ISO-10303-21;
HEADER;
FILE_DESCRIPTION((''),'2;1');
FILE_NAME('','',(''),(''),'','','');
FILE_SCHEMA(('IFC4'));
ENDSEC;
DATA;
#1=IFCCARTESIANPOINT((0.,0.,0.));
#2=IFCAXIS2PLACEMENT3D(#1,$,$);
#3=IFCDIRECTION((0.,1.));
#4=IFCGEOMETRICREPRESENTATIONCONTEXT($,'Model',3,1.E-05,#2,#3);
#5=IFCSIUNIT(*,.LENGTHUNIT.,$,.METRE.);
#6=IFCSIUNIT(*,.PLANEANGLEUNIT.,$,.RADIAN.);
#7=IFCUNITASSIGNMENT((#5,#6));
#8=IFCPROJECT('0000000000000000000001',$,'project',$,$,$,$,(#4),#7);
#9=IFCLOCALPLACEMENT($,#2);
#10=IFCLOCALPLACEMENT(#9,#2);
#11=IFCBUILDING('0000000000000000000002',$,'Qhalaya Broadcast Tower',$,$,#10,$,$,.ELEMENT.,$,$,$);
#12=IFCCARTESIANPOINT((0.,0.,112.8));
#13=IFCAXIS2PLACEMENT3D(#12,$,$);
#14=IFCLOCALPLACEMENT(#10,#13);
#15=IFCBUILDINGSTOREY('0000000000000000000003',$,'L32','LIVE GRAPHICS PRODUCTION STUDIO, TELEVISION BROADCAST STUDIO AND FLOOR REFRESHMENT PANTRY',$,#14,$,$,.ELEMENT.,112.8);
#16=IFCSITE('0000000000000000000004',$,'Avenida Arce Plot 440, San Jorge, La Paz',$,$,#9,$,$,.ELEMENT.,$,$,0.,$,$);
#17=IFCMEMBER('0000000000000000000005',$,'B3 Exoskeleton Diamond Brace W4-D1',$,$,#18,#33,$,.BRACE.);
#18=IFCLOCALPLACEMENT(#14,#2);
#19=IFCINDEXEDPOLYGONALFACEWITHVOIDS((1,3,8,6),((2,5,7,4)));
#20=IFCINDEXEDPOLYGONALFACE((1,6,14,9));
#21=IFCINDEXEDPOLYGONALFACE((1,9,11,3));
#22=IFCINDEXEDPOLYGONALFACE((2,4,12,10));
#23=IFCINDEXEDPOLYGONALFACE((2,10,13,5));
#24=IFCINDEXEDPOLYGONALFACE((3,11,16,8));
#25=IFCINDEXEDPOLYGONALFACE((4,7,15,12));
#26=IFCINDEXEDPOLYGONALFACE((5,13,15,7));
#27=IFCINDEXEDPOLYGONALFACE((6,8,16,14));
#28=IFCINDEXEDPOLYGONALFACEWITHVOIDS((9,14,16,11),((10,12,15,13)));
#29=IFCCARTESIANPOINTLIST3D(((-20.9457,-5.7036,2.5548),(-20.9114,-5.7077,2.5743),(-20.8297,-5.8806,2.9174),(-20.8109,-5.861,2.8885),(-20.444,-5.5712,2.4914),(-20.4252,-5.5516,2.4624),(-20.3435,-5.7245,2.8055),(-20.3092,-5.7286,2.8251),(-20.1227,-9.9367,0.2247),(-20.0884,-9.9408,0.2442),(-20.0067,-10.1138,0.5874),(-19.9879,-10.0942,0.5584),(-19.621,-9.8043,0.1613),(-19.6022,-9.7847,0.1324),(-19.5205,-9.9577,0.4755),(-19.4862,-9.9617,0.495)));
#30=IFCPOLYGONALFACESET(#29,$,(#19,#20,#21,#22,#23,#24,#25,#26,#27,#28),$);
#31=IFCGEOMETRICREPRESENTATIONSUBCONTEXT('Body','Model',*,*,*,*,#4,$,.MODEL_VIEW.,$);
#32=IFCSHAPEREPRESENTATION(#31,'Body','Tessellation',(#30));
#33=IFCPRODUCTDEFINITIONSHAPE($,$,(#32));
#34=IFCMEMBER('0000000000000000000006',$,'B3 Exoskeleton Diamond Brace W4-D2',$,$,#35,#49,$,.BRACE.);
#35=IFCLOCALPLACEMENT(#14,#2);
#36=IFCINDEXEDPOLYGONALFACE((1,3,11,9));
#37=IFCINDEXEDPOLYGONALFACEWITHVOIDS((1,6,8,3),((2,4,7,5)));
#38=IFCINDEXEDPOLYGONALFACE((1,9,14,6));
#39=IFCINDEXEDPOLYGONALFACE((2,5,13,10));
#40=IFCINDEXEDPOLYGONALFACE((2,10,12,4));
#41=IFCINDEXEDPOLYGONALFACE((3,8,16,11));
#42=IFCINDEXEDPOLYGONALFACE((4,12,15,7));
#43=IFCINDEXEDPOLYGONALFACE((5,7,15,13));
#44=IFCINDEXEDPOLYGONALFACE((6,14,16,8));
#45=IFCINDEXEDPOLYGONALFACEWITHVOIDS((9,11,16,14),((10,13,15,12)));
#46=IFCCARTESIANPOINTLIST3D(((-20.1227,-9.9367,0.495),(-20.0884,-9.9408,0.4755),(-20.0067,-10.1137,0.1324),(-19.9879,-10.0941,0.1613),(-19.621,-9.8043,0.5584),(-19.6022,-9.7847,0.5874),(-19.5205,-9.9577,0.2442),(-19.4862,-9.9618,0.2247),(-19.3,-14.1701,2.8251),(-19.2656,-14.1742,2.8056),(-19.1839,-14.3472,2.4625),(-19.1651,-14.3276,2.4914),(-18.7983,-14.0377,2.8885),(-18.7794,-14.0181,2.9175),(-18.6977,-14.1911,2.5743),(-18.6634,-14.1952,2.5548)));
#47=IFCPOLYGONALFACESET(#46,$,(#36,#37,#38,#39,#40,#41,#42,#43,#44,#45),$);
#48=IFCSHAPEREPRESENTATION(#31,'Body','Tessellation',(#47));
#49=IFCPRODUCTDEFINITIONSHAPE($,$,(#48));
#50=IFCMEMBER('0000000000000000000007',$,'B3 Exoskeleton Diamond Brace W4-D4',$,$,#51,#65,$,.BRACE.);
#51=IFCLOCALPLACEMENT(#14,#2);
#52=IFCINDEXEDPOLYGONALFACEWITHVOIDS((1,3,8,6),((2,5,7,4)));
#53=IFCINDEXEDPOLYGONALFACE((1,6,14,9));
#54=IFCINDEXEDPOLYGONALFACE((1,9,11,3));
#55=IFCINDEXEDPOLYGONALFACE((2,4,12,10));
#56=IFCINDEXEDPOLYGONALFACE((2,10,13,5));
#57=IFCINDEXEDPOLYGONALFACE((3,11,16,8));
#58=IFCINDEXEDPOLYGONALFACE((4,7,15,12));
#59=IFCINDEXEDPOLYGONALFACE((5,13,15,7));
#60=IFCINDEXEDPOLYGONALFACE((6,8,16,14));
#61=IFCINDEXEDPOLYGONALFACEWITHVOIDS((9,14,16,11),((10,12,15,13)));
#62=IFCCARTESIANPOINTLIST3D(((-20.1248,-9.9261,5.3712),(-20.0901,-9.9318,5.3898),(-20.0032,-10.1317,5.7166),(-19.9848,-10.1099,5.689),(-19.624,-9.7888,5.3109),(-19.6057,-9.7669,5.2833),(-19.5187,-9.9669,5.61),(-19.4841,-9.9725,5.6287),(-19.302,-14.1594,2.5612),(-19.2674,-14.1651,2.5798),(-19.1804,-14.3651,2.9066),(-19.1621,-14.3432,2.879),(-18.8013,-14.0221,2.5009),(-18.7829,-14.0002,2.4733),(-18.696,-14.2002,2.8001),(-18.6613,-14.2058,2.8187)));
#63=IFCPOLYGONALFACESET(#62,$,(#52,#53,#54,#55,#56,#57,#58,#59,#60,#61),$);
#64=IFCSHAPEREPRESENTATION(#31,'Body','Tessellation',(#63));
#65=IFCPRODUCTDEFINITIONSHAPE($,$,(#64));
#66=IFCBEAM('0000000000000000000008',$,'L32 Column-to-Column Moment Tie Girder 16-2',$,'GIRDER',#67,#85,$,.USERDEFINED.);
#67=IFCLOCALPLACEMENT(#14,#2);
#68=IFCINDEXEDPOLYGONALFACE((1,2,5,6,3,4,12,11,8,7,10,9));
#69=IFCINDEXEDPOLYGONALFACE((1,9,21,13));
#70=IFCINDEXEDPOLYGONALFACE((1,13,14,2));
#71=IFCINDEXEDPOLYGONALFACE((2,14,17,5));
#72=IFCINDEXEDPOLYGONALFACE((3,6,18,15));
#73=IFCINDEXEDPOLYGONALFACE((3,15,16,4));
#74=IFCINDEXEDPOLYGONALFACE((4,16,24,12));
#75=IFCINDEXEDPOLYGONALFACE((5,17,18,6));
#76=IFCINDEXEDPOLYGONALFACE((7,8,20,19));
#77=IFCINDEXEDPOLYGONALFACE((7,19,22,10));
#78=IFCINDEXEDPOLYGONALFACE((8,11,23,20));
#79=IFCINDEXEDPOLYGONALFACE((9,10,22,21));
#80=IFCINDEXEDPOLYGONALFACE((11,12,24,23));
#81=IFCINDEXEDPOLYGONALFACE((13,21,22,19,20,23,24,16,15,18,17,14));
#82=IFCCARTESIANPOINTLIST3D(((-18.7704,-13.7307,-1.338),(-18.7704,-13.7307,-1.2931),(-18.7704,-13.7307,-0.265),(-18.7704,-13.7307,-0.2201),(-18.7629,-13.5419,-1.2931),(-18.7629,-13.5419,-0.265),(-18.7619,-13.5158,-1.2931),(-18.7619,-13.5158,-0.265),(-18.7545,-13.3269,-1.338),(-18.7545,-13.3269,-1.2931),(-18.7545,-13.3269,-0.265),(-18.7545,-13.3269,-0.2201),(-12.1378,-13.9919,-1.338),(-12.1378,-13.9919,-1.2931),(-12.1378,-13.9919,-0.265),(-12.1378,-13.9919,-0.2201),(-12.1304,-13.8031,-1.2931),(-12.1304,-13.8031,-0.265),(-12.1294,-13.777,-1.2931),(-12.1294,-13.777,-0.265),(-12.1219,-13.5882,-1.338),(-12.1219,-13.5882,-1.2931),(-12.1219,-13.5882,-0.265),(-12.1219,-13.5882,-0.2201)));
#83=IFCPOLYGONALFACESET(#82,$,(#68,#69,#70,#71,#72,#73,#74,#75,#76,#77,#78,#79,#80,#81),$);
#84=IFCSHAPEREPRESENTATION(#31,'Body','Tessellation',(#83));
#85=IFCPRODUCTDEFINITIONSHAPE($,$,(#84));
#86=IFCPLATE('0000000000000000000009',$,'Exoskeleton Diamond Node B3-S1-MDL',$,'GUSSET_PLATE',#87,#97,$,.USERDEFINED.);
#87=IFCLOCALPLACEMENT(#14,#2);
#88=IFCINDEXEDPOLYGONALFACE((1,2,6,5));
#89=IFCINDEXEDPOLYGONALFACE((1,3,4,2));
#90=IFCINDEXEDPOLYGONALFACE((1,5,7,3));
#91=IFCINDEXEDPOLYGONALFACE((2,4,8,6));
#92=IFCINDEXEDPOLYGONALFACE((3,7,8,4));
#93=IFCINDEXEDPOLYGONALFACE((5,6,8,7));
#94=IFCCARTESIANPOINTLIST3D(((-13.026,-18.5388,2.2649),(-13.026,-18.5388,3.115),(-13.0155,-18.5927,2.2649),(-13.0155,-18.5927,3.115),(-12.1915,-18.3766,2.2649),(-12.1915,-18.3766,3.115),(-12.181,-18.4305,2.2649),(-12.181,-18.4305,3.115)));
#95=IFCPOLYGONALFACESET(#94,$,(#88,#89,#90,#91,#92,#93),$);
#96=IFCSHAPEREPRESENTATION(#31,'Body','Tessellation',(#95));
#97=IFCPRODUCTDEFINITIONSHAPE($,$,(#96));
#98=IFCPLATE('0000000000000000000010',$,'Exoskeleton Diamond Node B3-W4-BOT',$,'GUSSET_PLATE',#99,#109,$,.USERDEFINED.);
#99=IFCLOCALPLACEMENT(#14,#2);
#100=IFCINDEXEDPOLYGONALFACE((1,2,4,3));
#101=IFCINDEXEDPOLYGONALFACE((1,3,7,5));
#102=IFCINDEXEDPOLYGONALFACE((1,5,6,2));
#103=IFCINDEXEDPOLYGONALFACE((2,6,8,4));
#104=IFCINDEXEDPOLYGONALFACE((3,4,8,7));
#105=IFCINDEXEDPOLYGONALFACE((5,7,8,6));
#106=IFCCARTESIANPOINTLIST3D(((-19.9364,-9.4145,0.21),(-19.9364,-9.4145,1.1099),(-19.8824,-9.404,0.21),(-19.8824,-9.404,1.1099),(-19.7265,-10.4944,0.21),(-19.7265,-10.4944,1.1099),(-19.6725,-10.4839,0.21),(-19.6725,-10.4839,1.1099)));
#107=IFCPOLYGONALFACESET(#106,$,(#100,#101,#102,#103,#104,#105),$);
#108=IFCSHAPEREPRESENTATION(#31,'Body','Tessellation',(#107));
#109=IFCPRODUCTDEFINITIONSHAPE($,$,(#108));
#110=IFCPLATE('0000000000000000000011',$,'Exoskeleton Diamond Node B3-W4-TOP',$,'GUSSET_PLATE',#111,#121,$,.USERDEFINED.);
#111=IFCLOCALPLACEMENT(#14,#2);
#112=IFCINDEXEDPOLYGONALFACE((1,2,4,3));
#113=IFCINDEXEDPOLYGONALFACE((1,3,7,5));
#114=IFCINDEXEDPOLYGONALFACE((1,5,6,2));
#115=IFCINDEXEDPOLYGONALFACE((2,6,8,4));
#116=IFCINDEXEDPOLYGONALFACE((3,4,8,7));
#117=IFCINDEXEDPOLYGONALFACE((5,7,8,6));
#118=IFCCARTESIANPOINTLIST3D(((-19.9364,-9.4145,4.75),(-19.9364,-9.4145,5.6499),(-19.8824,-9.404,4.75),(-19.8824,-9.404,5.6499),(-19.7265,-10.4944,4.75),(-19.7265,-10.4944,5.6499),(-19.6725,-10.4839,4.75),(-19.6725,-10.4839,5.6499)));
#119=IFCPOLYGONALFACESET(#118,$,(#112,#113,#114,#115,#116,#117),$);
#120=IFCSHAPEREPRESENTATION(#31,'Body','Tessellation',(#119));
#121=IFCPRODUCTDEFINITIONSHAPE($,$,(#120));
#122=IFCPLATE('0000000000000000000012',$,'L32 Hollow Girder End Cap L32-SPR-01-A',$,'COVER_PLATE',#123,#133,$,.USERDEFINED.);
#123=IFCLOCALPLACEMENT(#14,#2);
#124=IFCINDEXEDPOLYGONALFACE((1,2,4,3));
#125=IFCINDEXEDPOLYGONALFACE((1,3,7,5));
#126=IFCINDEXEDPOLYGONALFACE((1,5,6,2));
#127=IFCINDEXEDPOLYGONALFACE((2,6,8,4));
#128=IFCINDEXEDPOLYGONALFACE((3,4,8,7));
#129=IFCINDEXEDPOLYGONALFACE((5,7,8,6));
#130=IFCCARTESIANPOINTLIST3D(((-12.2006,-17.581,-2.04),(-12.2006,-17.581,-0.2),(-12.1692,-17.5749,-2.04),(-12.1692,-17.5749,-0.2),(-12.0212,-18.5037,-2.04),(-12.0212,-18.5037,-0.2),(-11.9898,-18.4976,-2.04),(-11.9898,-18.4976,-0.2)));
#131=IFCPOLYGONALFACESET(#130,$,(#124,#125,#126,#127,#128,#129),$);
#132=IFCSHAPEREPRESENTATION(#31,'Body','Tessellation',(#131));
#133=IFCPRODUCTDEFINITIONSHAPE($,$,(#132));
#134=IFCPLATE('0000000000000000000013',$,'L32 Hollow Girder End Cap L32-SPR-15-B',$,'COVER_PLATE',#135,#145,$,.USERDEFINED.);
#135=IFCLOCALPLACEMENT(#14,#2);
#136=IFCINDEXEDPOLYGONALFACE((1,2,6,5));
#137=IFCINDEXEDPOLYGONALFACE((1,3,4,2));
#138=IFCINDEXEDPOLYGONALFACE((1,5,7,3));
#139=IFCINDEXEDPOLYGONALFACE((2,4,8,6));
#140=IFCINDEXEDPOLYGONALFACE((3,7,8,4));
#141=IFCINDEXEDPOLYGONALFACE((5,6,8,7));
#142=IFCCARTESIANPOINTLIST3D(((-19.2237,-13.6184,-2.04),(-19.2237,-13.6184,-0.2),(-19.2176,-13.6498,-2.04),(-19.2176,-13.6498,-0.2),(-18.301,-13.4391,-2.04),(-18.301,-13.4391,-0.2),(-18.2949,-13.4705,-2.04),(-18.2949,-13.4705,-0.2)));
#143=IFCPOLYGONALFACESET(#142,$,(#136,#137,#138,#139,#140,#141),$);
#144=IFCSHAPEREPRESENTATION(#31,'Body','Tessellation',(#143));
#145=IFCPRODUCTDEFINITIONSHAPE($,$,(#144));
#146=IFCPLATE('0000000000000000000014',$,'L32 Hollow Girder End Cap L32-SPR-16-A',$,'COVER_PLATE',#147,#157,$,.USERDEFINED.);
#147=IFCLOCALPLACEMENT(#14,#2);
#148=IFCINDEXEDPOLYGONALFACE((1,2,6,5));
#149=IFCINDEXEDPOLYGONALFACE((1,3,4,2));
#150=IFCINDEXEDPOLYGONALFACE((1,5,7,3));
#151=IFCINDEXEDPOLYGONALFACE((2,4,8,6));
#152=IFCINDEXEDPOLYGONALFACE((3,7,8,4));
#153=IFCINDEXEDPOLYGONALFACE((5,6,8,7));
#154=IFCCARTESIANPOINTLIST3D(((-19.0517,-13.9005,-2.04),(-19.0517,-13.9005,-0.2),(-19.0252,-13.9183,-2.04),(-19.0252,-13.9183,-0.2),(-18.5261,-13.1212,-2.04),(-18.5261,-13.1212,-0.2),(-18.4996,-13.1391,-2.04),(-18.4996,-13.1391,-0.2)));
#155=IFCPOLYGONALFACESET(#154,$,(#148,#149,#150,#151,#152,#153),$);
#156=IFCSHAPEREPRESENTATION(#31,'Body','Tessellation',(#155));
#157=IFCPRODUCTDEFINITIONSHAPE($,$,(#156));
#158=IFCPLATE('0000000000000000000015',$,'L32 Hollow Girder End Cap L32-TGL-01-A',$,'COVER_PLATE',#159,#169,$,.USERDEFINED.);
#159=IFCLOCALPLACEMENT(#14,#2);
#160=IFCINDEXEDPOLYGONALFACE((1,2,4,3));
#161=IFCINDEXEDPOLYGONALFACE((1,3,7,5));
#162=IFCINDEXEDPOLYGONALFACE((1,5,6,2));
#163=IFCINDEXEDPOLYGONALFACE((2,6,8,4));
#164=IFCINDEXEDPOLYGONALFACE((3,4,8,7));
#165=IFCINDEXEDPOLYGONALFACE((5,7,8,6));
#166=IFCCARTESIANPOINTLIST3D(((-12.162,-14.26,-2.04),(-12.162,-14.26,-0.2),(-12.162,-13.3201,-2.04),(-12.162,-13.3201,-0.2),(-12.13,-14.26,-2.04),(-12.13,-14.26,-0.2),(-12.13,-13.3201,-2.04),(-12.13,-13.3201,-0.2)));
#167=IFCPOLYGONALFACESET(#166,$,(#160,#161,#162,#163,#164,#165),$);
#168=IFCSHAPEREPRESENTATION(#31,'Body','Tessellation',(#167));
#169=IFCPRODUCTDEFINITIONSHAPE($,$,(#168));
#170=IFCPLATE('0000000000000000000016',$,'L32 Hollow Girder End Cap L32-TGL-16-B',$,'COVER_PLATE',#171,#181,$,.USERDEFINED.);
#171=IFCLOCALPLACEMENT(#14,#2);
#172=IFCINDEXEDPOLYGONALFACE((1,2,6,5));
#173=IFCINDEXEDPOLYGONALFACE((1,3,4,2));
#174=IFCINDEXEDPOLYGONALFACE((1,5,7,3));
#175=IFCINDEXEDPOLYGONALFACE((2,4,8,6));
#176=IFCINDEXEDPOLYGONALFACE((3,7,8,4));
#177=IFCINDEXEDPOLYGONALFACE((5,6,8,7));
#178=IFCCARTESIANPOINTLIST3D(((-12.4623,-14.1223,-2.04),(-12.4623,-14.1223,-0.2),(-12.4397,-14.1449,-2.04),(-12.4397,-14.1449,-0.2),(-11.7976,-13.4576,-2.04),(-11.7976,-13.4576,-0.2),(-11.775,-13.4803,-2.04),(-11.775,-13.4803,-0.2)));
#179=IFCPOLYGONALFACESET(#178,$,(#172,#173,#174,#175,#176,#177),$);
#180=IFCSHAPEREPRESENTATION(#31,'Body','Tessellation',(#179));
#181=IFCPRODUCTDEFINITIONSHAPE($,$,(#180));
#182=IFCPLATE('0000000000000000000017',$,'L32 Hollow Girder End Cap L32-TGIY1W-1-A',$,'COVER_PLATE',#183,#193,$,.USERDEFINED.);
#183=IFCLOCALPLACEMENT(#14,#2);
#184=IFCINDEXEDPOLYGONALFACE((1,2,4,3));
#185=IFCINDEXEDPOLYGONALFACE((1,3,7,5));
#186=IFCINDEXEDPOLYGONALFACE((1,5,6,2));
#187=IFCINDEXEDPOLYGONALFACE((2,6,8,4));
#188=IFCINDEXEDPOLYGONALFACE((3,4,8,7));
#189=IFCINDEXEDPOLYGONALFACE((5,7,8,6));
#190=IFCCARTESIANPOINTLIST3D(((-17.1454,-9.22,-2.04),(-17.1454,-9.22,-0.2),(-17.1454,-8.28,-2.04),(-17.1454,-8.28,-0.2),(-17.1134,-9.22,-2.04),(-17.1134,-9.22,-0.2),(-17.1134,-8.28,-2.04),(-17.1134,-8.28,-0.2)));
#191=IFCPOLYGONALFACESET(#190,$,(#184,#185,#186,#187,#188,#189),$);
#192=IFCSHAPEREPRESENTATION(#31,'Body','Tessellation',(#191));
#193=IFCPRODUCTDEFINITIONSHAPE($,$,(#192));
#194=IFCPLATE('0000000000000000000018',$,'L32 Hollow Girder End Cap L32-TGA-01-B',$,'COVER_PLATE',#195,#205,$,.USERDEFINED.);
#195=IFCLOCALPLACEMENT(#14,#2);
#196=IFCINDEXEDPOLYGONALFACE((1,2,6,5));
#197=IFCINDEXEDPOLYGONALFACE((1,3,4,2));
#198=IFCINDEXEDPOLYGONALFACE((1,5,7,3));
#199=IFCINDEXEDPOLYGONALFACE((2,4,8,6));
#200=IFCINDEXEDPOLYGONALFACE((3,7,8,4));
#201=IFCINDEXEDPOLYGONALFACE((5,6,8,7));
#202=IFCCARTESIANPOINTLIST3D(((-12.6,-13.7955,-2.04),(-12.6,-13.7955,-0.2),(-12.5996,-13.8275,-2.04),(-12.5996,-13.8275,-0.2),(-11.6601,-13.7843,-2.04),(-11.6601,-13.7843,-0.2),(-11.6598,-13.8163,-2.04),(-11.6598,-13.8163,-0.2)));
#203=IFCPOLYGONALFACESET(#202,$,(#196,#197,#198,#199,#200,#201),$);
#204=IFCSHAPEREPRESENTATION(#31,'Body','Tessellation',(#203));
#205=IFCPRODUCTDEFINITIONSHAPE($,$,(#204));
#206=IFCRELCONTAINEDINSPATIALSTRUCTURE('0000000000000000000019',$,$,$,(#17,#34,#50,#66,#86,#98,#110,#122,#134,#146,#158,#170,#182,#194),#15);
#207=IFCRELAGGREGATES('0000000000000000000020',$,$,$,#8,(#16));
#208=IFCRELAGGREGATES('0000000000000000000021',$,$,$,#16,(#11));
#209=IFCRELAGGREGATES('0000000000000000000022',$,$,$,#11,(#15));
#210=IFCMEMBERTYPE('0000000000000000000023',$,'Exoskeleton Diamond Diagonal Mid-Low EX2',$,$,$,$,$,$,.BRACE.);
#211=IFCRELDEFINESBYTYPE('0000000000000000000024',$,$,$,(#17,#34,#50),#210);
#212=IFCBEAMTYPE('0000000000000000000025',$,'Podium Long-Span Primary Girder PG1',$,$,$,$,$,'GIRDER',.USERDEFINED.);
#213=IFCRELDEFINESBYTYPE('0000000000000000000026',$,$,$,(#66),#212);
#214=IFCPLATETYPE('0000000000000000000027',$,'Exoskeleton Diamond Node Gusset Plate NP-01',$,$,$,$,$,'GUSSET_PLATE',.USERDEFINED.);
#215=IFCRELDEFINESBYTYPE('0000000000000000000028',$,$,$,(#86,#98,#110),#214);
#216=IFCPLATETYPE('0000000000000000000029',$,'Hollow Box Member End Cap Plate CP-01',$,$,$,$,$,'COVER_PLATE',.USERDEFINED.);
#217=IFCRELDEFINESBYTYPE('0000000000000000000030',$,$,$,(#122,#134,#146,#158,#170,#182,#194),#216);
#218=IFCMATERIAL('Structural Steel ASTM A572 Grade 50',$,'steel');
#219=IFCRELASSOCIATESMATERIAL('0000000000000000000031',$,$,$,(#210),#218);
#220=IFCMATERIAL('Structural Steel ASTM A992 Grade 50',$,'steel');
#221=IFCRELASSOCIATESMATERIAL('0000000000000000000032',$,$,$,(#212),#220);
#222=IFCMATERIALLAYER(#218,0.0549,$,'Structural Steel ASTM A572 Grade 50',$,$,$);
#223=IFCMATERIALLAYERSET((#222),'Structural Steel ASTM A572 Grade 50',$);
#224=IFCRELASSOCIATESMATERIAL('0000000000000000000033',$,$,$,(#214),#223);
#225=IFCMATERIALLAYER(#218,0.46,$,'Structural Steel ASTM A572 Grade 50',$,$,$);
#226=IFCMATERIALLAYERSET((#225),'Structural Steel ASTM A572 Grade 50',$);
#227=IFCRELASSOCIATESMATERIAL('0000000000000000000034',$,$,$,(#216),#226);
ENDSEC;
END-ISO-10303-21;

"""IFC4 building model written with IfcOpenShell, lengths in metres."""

from ifc_helpers import new_model, si_unit, direction, frame, origin, origin_2d, place, context, subcontext, project, spatial, rectangle, hollow_rectangle, i_section, extrude, material, layer, layer_set, material_profile, profile_set, type_object, element, save


model = new_model("IFC4")

# Units and contexts
model_context = context("Model", 3, precision=1e-05, world=origin(), true_north=direction((0.0, 1.0)))
body_context = subcontext(model_context, "Body", "Model", "MODEL_VIEW")
ifc_project = project(units=[si_unit("LENGTHUNIT", "METRE"), si_unit("PLANEANGLEUNIT", "RADIAN")], contexts=[model_context])

# Site, building, storey
site_placement = place(None, origin())
site = spatial("IfcSite", under=ifc_project, at=site_placement, Name="Avenida Arce Plot 440, San Jorge, La Paz", CompositionType="ELEMENT", RefElevation=0.0)
building_placement = place(site_placement, origin())
building = spatial("IfcBuilding", under=site, at=building_placement, Name="Qhalaya Broadcast Tower", CompositionType="ELEMENT")
storey_placement = place(building_placement, frame((0.0, 0.0, 112.8)))
storey = spatial("IfcBuildingStorey", under=building, at=storey_placement, Name="L32", Description="LIVE GRAPHICS PRODUCTION STUDIO, TELEVISION BROADCAST STUDIO AND FLOOR REFRESHMENT PANTRY", CompositionType="ELEMENT", Elevation=112.8)

# Shared definitions
ifc_material_1 = material(Name="Structural Steel ASTM A572 Grade 50", Category="steel")

# Shared definitions
ifc_material_2 = material(Name="Structural Steel ASTM A992 Grade 50", Category="steel")

# Members
ifc_material_profile_1 = material_profile(ifc_material_1, hollow_rectangle(XDim=0.4199, YDim=0.55, WallThickness=0.0281, at=origin_2d()), Name="BOX 420x550x28")
ifc_profile_set_1 = profile_set([ifc_material_profile_1], Name="Structural Steel ASTM A572 Grade 50")
member_type = type_object("IfcMemberType", Name="Exoskeleton Diamond Diagonal Mid-Low EX2", PredefinedType="BRACE", material=ifc_profile_set_1)
member_1_placement = place(storey_placement, frame((-19.8044, -9.9492, 0.3599), z_axis=(-0.167902, 0.863618, 0.475366), x_axis=(0.276356, -0.421641, 0.863624)))
element("IfcMember", 1, at=member_1_placement, inside=storey, type_object=member_type, Name="B3 Exoskeleton Diamond Brace W4-D1", PredefinedType="BRACE", context=body_context, shape_type="SweptSolid", body=[
    extrude(hollow_rectangle(XDim=0.4199, YDim=0.55, WallThickness=0.0281, at=origin_2d()), origin(), (0.0, 0.0, 1.0), 4.9016),
])
member_2_placement = place(storey_placement, frame((-19.8044, -9.9492, 0.3599), z_axis=(0.167847, -0.863638, 0.475349), x_axis=(-0.276325, 0.421643, 0.863633)))
element("IfcMember", 2, at=member_2_placement, inside=storey, type_object=member_type, Name="B3 Exoskeleton Diamond Brace W4-D2", PredefinedType="BRACE", context=body_context, shape_type="SweptSolid", body=[
    extrude(hollow_rectangle(XDim=0.4199, YDim=0.55, WallThickness=0.0281, at=origin_2d()), origin(), (0.0, 0.0, 1.0), 4.9019),
])
member_3_placement = place(storey_placement, frame((-18.9817, -14.1826, 2.6899), z_axis=(-0.159841, 0.822445, 0.545925), x_axis=(0.289542, -0.48965, 0.82244)))
element("IfcMember", 3, at=member_3_placement, inside=storey, type_object=member_type, Name="B3 Exoskeleton Diamond Brace W4-D4", PredefinedType="BRACE", context=body_context, shape_type="SweptSolid", body=[
    extrude(hollow_rectangle(XDim=0.4199, YDim=0.55, WallThickness=0.0281, at=origin_2d()), origin(), (0.0, 0.0, 1.0), 5.1472),
])

# Beam
ifc_material_profile_2 = material_profile(ifc_material_2, i_section(OverallWidth=0.4041, OverallDepth=1.1179, WebThickness=0.0261, FlangeThickness=0.0449, at=origin_2d()), Name="W44X335")
ifc_profile_set_2 = profile_set([ifc_material_profile_2], Name="Structural Steel ASTM A992 Grade 50")
beam_type_1 = type_object("IfcBeamType", Name="Podium Long-Span Primary Girder PG1", ElementType="GIRDER", PredefinedType="USERDEFINED", material=ifc_profile_set_2)
beam_1_placement = place(storey_placement, frame((-12.1299, -13.79, -0.7791), z_axis=(-0.999225, 0.039356, 0.0), x_axis=(-0.039356, -0.999225, 0.0)))
element("IfcBeam", 4, at=beam_1_placement, inside=storey, type_object=beam_type_1, Name="L32 Column-to-Column Moment Tie Girder 16-2", ObjectType="GIRDER", PredefinedType="USERDEFINED", context=body_context, shape_type="SweptSolid", body=[
    extrude(i_section(OverallWidth=0.4041, OverallDepth=1.1179, WebThickness=0.0261, FlangeThickness=0.0449, at=origin_2d()), origin(), (0.0, 0.0, 1.0), 6.6377),
])

# Plates
ifc_layer_1 = layer(ifc_material_1, 0.0549, Name="Structural Steel ASTM A572 Grade 50")
ifc_layer_set_1 = layer_set([ifc_layer_1], Name="Structural Steel ASTM A572 Grade 50")
plate_type_1 = type_object("IfcPlateType", Name="Exoskeleton Diamond Node Gusset Plate NP-01", ElementType="GUSSET_PLATE", PredefinedType="USERDEFINED", material=ifc_layer_set_1)
plate_1_placement = place(storey_placement, frame((-12.6035, -18.4846, 2.2649), z_axis=(0.0, 0.0, 1.0), x_axis=(0.981627, 0.190809, 0.0)))
element("IfcPlate", 5, at=plate_1_placement, inside=storey, type_object=plate_type_1, Name="Exoskeleton Diamond Node B3-S1-MDL", ObjectType="GUSSET_PLATE", PredefinedType="USERDEFINED", context=body_context, shape_type="SweptSolid", body=[
    extrude(rectangle(XDim=0.8501, YDim=0.0549, at=origin_2d()), origin(), (0.0, 0.0, 1.0), 0.8501),
])
for number, where, z_axis, x_axis, name in (
    (6, (-19.8044, -9.9492, 0.21), (0.0, 0.0, 1.0), (-0.190809, 0.981627, 0.0), "Exoskeleton Diamond Node B3-W4-BOT"),
    (7, (-19.8044, -9.9492, 4.75), (0.0, 0.0, 1.0), (-0.190809, 0.981627, 0.0), "Exoskeleton Diamond Node B3-W4-TOP"),
):
    element("IfcPlate", number, at=place(storey_placement, frame(where, z_axis=z_axis, x_axis=x_axis)), inside=storey, type_object=plate_type_1, Name=name, ObjectType="GUSSET_PLATE", PredefinedType="USERDEFINED", context=body_context, shape_type="SweptSolid", body=[
        extrude(rectangle(XDim=1.1001, YDim=0.0549, at=origin_2d()), origin(), (0.0, 0.0, 1.0), 0.8999),
    ])
ifc_layer_2 = layer(ifc_material_1, 0.46, Name="Structural Steel ASTM A572 Grade 50")
ifc_layer_set_2 = layer_set([ifc_layer_2], Name="Structural Steel ASTM A572 Grade 50")
plate_type_2 = type_object("IfcPlateType", Name="Hollow Box Member End Cap Plate CP-01", ElementType="COVER_PLATE", PredefinedType="USERDEFINED", material=ifc_layer_set_2)
for number, where, z_axis, x_axis, name in (
    (8, (-12.0952, -18.0393, -2.04), (0.0, 0.0, 1.0), (-0.190809, 0.981627, 0.0), "L32 Hollow Girder End Cap L32-SPR-01-A"),
    (9, (-18.7593, -13.5444, -2.04), (0.0, 0.0, 1.0), (0.981627, 0.190809, 0.0), "L32 Hollow Girder End Cap L32-SPR-15-B"),
    (10, (-18.7756, -13.5198, -2.04), (0.0, 0.0, 1.0), (0.559193, 0.829038, 0.0), "L32 Hollow Girder End Cap L32-SPR-16-A"),
    (11, (-12.146, -13.79, -2.04), (0.0, 0.0, 1.0), (0.0, 1.0, 0.0), "L32 Hollow Girder End Cap L32-TGL-01-A"),
    (12, (-12.1187, -13.8013, -2.04), (0.0, 0.0, 1.0), (0.707107, 0.707107, 0.0), "L32 Hollow Girder End Cap L32-TGL-16-B"),
    (13, (-17.1294, -8.75, -2.04), (0.0, 0.0, 1.0), (0.0, 1.0, 0.0), "L32 Hollow Girder End Cap L32-TGIY1W-1-A"),
    (14, (-12.1299, -13.8059, -2.04), (0.0, 0.0, 1.0), (0.999929, 0.011885, 0.0), "L32 Hollow Girder End Cap L32-TGA-01-B"),
):
    element("IfcPlate", number, at=place(storey_placement, frame(where, z_axis=z_axis, x_axis=x_axis)), inside=storey, type_object=plate_type_2, Name=name, ObjectType="COVER_PLATE", PredefinedType="USERDEFINED", context=body_context, shape_type="SweptSolid", body=[
        extrude(rectangle(XDim=0.9399, YDim=0.032, at=origin_2d()), origin(), (0.0, 0.0, 1.0), 1.8401),
    ])

save(model, "model.ifc")
